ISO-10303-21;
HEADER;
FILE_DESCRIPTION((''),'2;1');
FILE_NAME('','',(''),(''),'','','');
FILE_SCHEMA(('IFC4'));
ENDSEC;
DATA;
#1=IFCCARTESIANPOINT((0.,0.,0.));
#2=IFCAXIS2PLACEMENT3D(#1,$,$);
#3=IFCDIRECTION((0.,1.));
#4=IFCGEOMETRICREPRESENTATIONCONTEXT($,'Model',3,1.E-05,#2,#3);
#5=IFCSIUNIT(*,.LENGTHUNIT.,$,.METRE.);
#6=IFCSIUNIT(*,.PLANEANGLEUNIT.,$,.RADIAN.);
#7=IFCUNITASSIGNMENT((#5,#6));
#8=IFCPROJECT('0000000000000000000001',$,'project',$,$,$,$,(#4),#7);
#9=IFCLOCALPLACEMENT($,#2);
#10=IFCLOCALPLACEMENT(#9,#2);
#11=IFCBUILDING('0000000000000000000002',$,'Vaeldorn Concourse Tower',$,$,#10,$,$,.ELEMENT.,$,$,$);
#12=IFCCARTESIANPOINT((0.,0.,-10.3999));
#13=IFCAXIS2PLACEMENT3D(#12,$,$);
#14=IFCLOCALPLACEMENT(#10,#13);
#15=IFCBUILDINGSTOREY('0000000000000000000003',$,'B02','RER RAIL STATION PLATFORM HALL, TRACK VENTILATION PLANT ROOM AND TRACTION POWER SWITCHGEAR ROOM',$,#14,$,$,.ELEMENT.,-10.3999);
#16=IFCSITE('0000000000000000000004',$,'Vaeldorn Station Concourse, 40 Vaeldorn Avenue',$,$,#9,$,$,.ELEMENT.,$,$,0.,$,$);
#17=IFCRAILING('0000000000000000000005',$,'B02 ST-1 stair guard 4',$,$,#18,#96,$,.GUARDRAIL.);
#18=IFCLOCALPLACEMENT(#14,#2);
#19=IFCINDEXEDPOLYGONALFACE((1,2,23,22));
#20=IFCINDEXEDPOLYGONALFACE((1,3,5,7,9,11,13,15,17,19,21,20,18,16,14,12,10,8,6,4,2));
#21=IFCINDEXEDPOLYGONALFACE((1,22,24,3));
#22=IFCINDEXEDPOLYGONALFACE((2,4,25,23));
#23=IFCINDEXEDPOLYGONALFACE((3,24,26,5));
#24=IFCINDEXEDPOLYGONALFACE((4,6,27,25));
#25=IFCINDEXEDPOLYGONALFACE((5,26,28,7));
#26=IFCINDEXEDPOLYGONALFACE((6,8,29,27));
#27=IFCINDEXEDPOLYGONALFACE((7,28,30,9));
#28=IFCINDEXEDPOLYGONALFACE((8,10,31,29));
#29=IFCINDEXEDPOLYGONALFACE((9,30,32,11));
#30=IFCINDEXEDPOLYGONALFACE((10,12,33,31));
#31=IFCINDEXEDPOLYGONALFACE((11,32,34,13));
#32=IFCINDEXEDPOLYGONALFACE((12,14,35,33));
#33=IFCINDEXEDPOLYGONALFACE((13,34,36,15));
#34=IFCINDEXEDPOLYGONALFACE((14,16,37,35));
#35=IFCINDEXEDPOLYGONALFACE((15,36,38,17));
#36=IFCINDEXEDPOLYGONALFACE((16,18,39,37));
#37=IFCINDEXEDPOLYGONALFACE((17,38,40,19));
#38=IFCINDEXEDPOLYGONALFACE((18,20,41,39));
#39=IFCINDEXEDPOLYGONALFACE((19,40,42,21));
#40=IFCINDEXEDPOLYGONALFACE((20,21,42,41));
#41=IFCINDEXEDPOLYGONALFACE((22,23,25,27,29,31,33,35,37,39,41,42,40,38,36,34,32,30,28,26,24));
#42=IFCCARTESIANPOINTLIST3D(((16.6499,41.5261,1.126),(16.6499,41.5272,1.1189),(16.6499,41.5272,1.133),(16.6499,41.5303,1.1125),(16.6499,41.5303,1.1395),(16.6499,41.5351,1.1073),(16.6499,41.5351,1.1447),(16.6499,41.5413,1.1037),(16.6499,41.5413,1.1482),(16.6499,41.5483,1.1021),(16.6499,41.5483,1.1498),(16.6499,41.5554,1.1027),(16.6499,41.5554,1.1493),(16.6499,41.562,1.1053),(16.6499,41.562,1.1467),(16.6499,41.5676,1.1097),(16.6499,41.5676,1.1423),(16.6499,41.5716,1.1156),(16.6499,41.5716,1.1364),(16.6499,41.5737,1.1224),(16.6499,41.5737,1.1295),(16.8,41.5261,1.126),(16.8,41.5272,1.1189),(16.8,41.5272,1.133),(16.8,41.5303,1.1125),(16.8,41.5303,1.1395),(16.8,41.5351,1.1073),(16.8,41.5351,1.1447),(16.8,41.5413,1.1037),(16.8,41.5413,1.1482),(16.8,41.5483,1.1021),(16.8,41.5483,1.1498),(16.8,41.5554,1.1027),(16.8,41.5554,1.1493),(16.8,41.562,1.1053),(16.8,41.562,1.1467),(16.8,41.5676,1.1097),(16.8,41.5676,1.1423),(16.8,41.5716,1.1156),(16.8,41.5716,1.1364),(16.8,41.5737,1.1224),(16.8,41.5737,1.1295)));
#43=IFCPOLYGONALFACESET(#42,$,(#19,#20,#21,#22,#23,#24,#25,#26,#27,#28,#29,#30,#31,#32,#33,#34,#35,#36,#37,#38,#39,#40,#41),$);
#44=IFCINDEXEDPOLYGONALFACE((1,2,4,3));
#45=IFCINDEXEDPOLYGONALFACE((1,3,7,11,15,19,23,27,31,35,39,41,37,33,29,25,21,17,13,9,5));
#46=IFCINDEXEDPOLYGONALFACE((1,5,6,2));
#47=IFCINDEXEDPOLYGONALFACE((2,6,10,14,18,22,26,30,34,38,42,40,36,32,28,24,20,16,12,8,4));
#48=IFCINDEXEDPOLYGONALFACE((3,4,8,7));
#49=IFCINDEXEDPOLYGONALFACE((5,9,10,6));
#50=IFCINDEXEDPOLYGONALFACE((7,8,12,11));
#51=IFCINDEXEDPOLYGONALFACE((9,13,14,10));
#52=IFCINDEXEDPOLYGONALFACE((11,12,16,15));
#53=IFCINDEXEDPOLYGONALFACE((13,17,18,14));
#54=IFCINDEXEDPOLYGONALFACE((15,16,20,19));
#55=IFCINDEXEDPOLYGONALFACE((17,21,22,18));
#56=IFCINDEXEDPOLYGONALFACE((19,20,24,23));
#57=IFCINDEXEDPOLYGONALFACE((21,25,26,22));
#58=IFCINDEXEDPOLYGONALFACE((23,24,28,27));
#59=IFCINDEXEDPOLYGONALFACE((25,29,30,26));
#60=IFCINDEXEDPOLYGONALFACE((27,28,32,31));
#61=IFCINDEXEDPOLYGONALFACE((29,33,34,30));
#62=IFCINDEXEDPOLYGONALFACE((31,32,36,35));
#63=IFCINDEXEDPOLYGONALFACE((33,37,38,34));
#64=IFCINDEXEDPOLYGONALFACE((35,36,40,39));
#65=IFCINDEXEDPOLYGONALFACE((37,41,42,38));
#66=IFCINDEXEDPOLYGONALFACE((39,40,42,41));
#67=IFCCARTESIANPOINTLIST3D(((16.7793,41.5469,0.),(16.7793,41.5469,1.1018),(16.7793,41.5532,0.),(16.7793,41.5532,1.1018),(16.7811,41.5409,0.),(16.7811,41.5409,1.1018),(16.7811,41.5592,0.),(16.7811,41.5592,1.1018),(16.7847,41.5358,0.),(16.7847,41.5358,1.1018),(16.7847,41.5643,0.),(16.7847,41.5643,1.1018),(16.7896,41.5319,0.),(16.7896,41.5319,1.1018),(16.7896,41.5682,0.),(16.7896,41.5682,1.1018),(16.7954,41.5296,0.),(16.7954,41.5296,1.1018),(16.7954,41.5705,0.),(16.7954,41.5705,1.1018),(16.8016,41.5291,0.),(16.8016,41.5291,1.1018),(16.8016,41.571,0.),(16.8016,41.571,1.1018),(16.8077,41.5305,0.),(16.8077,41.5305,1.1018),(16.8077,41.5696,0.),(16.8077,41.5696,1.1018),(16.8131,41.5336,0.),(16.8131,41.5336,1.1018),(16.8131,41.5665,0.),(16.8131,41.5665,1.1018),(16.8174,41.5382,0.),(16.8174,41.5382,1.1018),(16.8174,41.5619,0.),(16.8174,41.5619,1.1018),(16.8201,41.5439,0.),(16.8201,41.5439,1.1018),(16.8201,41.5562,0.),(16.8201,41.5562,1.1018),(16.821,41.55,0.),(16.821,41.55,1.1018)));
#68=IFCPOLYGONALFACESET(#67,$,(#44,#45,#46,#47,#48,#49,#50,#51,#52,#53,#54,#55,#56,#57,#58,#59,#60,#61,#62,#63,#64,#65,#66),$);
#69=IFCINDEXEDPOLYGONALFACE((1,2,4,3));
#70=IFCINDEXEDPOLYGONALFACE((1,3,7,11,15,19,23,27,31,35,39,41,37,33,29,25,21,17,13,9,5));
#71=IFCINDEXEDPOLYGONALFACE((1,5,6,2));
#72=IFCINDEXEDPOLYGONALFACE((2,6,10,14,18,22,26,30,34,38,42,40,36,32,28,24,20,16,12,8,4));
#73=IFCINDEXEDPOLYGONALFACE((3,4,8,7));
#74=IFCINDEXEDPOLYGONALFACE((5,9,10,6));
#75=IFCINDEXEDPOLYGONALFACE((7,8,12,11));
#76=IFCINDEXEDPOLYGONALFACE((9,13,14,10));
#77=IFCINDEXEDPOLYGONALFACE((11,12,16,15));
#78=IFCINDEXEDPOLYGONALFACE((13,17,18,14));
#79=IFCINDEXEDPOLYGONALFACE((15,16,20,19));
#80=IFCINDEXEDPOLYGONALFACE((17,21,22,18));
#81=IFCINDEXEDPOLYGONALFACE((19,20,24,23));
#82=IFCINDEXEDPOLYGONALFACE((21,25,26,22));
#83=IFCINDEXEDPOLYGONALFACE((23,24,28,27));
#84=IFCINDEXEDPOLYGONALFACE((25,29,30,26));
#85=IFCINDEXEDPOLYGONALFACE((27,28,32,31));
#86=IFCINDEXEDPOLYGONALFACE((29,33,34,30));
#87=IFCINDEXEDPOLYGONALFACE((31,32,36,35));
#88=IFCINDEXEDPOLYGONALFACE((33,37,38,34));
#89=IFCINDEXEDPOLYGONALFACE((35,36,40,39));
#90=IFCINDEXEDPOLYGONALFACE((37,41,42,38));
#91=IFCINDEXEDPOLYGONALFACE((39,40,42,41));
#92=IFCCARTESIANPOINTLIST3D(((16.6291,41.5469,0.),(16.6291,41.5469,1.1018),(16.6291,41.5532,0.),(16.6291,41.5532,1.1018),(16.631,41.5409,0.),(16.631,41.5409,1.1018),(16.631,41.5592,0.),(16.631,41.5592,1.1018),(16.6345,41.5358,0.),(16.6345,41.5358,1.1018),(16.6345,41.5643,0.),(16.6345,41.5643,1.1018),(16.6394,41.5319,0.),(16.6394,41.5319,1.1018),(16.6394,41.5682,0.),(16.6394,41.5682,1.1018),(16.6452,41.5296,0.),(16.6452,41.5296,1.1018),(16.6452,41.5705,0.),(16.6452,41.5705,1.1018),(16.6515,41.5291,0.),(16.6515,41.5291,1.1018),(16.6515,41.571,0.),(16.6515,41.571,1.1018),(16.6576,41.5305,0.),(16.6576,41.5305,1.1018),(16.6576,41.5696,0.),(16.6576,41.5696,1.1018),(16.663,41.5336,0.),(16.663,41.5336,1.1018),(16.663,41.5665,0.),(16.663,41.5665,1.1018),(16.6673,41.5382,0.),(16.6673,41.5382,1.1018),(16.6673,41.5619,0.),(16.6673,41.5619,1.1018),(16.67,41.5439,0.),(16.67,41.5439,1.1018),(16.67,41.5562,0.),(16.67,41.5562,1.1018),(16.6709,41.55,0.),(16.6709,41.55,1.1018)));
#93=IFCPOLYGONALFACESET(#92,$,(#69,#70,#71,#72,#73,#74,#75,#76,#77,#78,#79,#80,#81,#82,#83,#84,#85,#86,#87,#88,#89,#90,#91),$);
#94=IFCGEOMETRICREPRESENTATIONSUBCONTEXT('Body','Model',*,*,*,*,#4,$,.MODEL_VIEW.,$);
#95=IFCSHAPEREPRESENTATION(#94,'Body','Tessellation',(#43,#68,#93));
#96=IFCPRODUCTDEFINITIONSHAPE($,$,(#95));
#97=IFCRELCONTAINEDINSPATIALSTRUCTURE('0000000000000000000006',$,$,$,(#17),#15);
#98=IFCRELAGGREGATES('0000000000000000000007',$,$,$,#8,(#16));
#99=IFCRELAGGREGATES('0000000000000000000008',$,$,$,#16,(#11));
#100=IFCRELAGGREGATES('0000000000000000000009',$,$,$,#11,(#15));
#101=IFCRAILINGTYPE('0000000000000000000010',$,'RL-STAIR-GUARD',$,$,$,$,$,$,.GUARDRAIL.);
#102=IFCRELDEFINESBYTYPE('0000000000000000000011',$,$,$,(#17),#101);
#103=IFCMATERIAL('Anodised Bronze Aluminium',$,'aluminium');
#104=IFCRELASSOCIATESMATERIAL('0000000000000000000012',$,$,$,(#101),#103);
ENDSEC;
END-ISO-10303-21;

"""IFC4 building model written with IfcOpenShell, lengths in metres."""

from ifc_helpers import new_model, si_unit, direction, frame, origin, origin_2d, place, context, subcontext, project, spatial, circle, extrude, material, type_object, element, save


model = new_model("IFC4")

# Units and contexts
model_context = context("Model", 3, precision=1e-05, world=origin(), true_north=direction((0.0, 1.0)))
body_context = subcontext(model_context, "Body", "Model", "MODEL_VIEW")
ifc_project = project(units=[si_unit("LENGTHUNIT", "METRE"), si_unit("PLANEANGLEUNIT", "RADIAN")], contexts=[model_context])

# Site, building, storey
site_placement = place(None, origin())
site = spatial("IfcSite", under=ifc_project, at=site_placement, Name="Vaeldorn Station Concourse, 40 Vaeldorn Avenue", CompositionType="ELEMENT", RefElevation=0.0)
building_placement = place(site_placement, origin())
building = spatial("IfcBuilding", under=site, at=building_placement, Name="Vaeldorn Concourse Tower", CompositionType="ELEMENT")
storey_placement = place(building_placement, frame((0.0, 0.0, -10.3999)))
storey = spatial("IfcBuildingStorey", under=building, at=storey_placement, Name="B02", Description="RER RAIL STATION PLATFORM HALL, TRACK VENTILATION PLANT ROOM AND TRACTION POWER SWITCHGEAR ROOM", CompositionType="ELEMENT", Elevation=-10.3999)

# Shared definitions
ifc_material_1 = material(Name="Anodised Bronze Aluminium", Category="aluminium")

# Railing
railing_type_1 = type_object("IfcRailingType", Name="RL-STAIR-GUARD", PredefinedType="GUARDRAIL", material=ifc_material_1)
railing_1_placement = place(storey_placement, frame((16.8, 41.55, 0.0)))
element("IfcRailing", 1, at=railing_1_placement, inside=storey, type_object=railing_type_1, Name="B02 ST-1 stair guard 4", PredefinedType="GUARDRAIL", context=body_context, shape_type="SweptSolid", body=[
    extrude(circle(Radius=0.0239, at=origin_2d()), frame((0.0, 0.0, 1.126), z_axis=(-1.0, 0.0, 0.0), x_axis=(0.0, -1.0, 0.0)), (0.0, 0.0, 1.0), 0.1501),
    extrude(circle(Radius=0.021, at=origin_2d()), origin(), (0.0, 0.0, 1.0), 1.1018),
    extrude(circle(Radius=0.021, at=origin_2d()), frame((-0.1501, 0.0, 0.0)), (0.0, 0.0, 1.0), 1.1018),
])

save(model, "model.ifc")
